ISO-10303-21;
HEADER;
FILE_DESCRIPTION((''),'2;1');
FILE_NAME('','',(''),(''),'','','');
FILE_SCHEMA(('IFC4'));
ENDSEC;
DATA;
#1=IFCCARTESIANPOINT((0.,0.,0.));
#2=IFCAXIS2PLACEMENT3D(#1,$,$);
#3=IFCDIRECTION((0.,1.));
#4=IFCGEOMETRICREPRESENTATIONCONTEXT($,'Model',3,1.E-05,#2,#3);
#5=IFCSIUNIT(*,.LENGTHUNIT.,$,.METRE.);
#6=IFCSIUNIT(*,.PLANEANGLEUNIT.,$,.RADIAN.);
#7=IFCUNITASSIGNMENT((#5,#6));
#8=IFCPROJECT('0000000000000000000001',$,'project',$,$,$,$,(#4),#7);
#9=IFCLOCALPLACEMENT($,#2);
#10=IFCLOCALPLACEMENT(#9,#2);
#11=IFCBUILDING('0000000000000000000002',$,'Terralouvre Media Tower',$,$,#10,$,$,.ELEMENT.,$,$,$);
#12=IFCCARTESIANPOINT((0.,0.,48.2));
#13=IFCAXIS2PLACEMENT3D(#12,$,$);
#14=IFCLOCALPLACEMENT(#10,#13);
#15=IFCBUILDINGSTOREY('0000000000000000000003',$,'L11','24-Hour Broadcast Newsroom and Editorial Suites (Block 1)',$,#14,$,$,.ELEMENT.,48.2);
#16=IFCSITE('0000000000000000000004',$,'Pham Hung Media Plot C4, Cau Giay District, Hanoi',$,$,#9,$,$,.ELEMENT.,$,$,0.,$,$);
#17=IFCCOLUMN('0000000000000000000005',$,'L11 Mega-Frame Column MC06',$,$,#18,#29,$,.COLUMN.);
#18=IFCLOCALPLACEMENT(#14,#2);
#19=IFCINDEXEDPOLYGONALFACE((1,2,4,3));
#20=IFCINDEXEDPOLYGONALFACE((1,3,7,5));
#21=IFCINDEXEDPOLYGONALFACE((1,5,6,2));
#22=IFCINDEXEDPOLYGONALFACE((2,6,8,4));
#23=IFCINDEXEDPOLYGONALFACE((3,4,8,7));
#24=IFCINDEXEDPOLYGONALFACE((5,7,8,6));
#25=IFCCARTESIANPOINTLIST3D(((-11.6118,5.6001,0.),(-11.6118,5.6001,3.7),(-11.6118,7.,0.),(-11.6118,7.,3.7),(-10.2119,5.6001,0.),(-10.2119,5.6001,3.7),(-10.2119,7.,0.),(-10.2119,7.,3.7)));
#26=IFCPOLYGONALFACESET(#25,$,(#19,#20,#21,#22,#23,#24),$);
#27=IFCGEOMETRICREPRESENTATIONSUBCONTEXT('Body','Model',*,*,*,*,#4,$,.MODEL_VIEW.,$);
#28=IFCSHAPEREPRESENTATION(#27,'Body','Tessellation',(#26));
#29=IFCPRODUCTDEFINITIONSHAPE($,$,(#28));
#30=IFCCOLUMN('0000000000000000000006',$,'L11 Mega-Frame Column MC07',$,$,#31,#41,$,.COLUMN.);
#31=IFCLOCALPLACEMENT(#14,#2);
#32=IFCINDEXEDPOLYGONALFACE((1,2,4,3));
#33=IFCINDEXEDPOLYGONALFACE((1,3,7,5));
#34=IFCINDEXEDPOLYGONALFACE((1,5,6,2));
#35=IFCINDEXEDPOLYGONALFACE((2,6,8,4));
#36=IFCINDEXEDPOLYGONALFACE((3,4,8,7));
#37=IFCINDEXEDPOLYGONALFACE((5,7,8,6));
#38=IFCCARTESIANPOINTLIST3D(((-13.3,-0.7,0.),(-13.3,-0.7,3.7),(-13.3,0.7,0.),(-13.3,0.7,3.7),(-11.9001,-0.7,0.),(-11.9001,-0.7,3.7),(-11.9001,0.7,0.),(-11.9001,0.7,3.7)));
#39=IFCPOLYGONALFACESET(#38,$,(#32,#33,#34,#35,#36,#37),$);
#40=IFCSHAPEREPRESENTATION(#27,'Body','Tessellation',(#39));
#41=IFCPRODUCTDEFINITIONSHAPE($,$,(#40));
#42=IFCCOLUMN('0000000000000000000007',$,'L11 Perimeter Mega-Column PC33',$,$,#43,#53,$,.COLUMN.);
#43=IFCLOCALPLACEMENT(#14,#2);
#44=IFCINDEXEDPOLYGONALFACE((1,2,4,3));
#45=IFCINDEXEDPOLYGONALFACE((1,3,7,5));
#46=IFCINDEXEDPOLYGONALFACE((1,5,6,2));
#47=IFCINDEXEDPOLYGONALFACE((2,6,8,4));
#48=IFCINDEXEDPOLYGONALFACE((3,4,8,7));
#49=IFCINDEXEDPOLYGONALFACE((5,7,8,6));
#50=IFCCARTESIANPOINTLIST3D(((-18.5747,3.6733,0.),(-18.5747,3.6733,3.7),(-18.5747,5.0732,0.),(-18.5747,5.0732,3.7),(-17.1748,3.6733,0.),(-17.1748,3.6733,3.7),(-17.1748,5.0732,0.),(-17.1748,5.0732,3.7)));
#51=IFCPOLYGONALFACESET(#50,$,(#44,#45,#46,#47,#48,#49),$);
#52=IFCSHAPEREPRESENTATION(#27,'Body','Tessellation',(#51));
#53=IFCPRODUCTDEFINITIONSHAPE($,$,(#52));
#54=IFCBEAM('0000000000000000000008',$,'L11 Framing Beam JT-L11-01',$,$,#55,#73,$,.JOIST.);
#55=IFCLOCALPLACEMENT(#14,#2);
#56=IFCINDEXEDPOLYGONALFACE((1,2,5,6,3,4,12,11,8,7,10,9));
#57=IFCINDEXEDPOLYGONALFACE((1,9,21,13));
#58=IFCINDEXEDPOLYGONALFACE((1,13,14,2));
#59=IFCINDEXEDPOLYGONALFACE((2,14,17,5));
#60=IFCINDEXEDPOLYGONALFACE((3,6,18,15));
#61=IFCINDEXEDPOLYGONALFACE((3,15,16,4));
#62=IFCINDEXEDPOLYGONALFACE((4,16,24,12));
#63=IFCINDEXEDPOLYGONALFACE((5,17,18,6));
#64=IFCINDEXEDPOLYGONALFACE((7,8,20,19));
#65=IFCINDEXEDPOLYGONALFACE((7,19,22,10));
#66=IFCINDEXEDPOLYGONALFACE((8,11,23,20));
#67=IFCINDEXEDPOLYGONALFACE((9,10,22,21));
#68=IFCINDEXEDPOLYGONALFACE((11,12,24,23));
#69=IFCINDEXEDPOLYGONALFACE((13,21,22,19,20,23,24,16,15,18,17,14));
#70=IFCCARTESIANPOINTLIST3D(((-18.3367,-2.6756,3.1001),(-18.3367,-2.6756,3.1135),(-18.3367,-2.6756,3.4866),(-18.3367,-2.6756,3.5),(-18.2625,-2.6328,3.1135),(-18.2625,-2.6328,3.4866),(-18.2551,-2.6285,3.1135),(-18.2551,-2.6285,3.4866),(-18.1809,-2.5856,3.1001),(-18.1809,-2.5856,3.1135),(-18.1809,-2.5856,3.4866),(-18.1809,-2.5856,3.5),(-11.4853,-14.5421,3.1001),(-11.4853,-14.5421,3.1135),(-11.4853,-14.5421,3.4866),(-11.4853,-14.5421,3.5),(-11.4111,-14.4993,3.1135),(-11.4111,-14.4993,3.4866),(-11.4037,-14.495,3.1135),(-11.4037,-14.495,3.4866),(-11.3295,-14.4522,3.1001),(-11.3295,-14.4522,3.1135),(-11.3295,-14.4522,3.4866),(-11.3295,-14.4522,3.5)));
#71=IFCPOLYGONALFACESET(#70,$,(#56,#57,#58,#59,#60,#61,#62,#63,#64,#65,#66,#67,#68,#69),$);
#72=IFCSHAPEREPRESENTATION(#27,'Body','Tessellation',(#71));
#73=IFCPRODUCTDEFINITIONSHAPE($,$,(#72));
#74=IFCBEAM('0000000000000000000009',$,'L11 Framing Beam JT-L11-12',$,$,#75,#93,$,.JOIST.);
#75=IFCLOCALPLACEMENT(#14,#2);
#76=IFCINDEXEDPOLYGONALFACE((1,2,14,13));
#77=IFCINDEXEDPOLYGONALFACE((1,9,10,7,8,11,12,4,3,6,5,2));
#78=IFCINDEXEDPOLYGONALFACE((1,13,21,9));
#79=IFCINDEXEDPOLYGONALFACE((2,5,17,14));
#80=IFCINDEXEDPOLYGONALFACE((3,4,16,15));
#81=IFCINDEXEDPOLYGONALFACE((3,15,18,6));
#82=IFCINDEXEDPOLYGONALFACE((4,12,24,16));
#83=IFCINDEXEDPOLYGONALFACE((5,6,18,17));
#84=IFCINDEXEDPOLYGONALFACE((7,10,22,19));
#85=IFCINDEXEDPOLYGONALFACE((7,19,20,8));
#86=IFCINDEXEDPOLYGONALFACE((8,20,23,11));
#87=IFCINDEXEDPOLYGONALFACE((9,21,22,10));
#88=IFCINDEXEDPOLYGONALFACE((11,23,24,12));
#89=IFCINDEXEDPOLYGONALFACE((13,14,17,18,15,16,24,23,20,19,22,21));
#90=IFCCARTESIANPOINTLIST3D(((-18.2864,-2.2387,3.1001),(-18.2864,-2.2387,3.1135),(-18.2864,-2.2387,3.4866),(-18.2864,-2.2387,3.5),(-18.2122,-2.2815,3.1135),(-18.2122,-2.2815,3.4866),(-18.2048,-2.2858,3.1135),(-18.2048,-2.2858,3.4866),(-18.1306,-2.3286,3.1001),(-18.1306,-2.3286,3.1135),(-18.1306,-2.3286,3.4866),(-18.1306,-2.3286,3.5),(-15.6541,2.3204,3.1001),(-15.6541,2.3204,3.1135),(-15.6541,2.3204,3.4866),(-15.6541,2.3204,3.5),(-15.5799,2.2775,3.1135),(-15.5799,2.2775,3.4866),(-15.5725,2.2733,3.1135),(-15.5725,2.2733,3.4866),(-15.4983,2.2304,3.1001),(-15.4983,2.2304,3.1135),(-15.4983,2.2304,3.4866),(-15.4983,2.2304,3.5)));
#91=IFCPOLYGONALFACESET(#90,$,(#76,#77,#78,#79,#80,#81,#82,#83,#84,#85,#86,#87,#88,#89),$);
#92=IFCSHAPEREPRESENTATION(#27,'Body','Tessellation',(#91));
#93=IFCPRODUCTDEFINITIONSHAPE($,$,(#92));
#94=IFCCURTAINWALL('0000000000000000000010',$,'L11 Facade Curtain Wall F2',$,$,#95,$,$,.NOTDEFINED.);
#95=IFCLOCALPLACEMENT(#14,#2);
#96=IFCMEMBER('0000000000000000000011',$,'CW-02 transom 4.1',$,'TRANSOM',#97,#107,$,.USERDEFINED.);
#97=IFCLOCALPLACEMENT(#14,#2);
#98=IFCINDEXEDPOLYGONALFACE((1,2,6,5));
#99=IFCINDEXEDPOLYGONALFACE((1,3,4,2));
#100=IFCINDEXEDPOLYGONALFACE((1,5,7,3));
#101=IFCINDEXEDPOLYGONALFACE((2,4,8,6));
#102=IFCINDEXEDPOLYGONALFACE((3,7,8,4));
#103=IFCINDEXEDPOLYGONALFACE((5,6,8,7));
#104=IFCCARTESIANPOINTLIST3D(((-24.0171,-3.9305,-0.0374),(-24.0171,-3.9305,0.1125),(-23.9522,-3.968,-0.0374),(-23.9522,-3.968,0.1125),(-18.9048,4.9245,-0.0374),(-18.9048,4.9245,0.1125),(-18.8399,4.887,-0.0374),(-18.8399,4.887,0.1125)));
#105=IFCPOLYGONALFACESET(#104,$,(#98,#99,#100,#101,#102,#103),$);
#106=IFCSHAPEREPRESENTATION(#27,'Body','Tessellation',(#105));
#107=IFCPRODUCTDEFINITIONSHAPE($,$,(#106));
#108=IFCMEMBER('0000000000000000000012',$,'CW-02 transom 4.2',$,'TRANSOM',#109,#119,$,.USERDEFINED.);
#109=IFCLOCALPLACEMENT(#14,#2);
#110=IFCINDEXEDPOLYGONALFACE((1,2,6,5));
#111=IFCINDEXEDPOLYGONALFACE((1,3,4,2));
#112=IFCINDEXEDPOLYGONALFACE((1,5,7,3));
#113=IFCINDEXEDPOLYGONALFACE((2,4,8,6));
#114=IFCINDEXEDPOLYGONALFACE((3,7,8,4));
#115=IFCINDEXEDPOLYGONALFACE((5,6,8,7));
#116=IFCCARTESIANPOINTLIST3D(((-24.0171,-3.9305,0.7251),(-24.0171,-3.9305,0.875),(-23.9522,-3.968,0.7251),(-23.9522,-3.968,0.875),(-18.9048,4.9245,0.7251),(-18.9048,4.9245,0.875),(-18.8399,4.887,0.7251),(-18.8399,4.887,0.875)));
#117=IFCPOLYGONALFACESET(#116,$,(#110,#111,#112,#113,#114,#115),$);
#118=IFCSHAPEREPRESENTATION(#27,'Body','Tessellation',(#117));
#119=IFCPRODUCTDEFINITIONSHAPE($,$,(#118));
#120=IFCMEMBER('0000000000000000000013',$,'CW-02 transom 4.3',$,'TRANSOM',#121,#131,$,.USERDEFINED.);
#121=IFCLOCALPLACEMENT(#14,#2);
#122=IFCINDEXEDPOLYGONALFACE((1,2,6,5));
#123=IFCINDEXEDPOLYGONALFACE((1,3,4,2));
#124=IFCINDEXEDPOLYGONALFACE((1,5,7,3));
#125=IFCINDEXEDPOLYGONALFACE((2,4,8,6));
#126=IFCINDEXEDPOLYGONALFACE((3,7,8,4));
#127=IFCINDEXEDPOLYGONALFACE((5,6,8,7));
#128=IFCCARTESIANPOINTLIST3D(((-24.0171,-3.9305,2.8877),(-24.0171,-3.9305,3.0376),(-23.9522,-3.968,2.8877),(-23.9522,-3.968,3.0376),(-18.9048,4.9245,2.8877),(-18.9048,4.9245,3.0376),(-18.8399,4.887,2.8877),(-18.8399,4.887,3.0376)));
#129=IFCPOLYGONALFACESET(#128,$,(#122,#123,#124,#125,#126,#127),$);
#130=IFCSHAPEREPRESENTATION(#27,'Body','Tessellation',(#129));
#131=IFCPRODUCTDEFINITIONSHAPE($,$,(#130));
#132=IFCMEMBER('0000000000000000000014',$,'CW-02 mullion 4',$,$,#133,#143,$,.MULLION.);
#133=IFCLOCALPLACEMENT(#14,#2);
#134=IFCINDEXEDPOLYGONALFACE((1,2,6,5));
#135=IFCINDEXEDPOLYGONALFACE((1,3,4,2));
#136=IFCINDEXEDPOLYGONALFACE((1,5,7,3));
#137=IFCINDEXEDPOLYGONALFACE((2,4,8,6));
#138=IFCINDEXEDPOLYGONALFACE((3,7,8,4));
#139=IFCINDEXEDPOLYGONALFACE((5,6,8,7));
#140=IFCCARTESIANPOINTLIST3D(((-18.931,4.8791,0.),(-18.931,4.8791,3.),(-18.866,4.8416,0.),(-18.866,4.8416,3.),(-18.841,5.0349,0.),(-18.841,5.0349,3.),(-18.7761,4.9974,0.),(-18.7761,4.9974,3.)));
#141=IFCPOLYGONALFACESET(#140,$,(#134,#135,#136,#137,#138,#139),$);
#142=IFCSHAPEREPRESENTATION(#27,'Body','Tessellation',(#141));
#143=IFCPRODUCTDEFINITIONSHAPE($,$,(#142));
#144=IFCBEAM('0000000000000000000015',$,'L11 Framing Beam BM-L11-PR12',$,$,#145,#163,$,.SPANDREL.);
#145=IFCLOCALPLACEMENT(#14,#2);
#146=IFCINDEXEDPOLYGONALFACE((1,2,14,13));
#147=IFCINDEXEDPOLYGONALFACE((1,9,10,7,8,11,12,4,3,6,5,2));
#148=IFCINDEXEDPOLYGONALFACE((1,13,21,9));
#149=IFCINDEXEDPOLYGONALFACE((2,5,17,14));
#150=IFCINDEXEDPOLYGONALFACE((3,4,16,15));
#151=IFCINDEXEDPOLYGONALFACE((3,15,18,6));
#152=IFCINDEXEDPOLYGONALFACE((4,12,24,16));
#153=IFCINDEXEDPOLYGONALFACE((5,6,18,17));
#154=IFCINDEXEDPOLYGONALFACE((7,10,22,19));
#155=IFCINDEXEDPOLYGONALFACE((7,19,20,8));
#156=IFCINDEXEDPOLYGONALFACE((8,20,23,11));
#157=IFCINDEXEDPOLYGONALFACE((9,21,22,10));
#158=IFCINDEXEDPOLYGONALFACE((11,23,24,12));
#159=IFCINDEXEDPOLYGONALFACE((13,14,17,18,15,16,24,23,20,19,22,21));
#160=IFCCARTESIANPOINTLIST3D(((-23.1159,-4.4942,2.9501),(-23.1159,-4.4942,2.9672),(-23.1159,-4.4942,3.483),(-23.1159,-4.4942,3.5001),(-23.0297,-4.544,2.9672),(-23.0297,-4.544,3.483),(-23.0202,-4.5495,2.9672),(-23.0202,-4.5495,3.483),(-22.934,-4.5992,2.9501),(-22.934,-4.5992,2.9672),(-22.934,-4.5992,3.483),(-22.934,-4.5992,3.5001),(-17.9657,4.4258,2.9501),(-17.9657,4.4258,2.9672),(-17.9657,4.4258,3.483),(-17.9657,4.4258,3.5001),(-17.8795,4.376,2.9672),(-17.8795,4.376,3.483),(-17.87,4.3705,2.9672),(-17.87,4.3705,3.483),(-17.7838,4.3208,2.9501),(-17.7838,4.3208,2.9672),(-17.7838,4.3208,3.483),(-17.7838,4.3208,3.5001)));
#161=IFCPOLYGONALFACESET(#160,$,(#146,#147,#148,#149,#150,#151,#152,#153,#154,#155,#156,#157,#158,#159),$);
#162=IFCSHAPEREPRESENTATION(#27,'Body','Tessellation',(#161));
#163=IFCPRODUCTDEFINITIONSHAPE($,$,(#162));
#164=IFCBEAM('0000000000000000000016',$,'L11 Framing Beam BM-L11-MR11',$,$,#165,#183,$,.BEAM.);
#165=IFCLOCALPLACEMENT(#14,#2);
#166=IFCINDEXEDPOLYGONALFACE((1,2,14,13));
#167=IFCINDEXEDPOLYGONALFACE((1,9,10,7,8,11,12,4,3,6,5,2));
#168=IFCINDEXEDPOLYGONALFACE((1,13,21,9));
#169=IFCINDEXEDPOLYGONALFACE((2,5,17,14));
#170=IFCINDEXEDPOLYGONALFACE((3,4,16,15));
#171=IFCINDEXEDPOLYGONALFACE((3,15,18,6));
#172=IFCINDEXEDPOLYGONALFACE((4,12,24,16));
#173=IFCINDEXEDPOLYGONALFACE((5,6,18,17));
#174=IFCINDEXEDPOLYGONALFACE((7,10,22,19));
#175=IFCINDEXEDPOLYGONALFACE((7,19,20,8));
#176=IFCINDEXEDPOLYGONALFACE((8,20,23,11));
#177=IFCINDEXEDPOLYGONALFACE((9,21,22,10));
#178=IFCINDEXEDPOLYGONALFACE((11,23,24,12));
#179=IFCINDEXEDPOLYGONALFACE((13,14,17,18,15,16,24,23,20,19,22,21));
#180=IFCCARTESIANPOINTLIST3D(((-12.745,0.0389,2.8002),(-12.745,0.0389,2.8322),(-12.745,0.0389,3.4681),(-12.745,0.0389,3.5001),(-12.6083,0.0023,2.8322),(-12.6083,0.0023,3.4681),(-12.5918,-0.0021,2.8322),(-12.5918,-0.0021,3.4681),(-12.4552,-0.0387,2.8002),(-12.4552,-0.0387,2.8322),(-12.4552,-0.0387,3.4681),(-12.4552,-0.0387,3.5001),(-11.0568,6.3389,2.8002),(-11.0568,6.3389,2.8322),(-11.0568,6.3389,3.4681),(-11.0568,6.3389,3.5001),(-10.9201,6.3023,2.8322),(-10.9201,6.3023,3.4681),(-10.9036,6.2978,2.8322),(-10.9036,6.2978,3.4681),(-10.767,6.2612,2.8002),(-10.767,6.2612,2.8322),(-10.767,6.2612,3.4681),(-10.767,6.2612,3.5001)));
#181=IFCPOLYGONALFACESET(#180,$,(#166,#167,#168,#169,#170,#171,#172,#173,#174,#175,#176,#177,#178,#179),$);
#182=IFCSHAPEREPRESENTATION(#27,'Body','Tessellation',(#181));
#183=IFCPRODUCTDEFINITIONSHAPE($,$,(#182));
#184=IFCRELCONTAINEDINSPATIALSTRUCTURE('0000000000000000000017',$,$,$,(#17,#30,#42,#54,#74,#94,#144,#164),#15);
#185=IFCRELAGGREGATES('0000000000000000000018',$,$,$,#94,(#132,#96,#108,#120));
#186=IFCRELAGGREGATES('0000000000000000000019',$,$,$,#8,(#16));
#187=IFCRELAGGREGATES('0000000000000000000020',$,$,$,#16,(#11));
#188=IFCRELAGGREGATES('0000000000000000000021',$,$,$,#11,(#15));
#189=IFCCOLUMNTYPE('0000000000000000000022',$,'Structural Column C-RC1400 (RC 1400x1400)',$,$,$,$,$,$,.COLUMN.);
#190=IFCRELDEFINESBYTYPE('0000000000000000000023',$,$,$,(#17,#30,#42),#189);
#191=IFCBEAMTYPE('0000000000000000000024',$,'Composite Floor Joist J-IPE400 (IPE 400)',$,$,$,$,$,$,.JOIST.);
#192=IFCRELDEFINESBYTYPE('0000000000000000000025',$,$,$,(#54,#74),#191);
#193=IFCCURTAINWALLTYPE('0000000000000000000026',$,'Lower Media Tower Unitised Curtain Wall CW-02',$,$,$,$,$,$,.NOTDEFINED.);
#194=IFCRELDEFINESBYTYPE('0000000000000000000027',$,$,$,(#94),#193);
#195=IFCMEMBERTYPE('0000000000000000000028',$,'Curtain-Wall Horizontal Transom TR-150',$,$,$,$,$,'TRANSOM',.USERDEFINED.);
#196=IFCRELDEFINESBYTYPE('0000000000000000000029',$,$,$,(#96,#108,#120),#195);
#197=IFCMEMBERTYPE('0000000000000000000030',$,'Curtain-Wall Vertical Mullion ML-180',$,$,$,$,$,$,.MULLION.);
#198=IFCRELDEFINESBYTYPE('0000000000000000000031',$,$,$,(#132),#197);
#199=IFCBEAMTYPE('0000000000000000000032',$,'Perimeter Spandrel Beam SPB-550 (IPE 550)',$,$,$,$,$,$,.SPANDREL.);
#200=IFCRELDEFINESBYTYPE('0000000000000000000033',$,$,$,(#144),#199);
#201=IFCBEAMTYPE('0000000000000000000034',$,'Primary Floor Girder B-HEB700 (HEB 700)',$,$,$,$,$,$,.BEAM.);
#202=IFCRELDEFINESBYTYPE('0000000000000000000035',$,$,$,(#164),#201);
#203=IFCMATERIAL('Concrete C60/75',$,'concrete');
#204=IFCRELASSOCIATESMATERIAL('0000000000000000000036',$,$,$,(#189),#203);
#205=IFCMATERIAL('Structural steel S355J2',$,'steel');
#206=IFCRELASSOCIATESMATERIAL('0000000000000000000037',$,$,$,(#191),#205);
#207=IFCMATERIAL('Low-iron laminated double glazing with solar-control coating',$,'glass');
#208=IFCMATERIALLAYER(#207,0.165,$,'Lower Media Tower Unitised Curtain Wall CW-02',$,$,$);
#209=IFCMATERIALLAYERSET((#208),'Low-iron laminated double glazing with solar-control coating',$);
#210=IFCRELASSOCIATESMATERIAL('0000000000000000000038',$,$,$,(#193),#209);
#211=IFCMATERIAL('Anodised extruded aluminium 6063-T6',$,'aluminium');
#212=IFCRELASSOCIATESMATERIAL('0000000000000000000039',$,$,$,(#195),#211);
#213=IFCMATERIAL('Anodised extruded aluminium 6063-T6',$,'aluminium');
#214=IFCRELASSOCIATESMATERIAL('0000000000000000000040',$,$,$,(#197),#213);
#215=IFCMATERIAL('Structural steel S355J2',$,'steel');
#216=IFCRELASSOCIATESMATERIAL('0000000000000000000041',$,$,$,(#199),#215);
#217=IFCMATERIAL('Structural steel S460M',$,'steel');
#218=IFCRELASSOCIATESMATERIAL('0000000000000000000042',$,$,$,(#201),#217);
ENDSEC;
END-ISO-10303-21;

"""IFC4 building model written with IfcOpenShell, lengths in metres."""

from ifc_helpers import new_model, si_unit, direction, frame, origin, origin_2d, place, context, subcontext, project, spatial, rectangle, i_section, extrude, material, layer, layer_set, material_profile, profile_set, type_object, element, aggregate, save


model = new_model("IFC4")

# Units and contexts
model_context = context("Model", 3, precision=1e-05, world=origin(), true_north=direction((0.0, 1.0)))
body_context = subcontext(model_context, "Body", "Model", "MODEL_VIEW")
ifc_project = project(units=[si_unit("LENGTHUNIT", "METRE"), si_unit("PLANEANGLEUNIT", "RADIAN")], contexts=[model_context])

# Site, building, storey
site_placement = place(None, origin())
site = spatial("IfcSite", under=ifc_project, at=site_placement, Name="Pham Hung Media Plot C4, Cau Giay District, Hanoi", CompositionType="ELEMENT", RefElevation=0.0)
building_placement = place(site_placement, origin())
building = spatial("IfcBuilding", under=site, at=building_placement, Name="Terralouvre Media Tower", CompositionType="ELEMENT")
storey_placement = place(building_placement, frame((0.0, 0.0, 48.2)))
storey = spatial("IfcBuildingStorey", under=building, at=storey_placement, Name="L11", Description="24-Hour Broadcast Newsroom and Editorial Suites (Block 1)", CompositionType="ELEMENT", Elevation=48.2)

# Columns
ifc_material_1 = material(Name="Concrete C60/75", Category="concrete")
ifc_material_profile_1 = material_profile(ifc_material_1, rectangle(XDim=1.3999, YDim=1.3999, at=origin_2d()), Name="RC 1400x1400")
ifc_profile_set_1 = profile_set([ifc_material_profile_1], Name="Concrete C60/75")
column_type = type_object("IfcColumnType", Name="Structural Column C-RC1400 (RC 1400x1400)", PredefinedType="COLUMN", material=ifc_profile_set_1)
for number, where, z_axis, x_axis, name in (
    (1, (-10.9119, 6.3, 0.0), (0.0, 0.0, 1.0), (1.0, 0.0, 0.0), "L11 Mega-Frame Column MC06"),
    (2, (-12.6001, 0.0, 0.0), (0.0, 0.0, 1.0), (1.0, 0.0, 0.0), "L11 Mega-Frame Column MC07"),
    (3, (-17.8748, 4.3733, 0.0), (0.0, 0.0, 1.0), (1.0, 0.0, 0.0), "L11 Perimeter Mega-Column PC33"),
):
    element("IfcColumn", number, at=place(storey_placement, frame(where, z_axis=z_axis, x_axis=x_axis)), inside=storey, type_object=column_type, Name=name, PredefinedType="COLUMN", context=body_context, shape_type="SweptSolid", body=[
        extrude(rectangle(XDim=1.3999, YDim=1.3999, at=origin_2d()), origin(), (0.0, 0.0, 1.0), 3.7),
    ])

# Beams
ifc_material_2 = material(Name="Structural steel S355J2", Category="steel")
ifc_material_profile_2 = material_profile(ifc_material_2, i_section(OverallWidth=0.1799, OverallDepth=0.3999, WebThickness=0.0085, FlangeThickness=0.0134, at=origin_2d()), Name="IPE 400")
ifc_profile_set_2 = profile_set([ifc_material_profile_2], Name="Structural steel S355J2")
beam_type_1 = type_object("IfcBeamType", Name="Composite Floor Joist J-IPE400 (IPE 400)", PredefinedType="JOIST", material=ifc_profile_set_2)
beam_1_placement = place(storey_placement, frame((-18.2588, -2.6306, 3.3), z_axis=(0.500012, -0.866019, 0.0), x_axis=(0.866019, 0.500012, 0.0)))
element("IfcBeam", 4, at=beam_1_placement, inside=storey, type_object=beam_type_1, Name="L11 Framing Beam JT-L11-01", PredefinedType="JOIST", context=body_context, shape_type="SweptSolid", body=[
    extrude(i_section(OverallWidth=0.1799, OverallDepth=0.3999, WebThickness=0.0085, FlangeThickness=0.0134, at=origin_2d()), origin(), (0.0, 0.0, 1.0), 13.7024),
])
beam_2_placement = place(storey_placement, frame((-15.5762, 2.2754, 3.3), z_axis=(-0.50002, -0.866014, 0.0), x_axis=(0.866014, -0.50002, 0.0)))
element("IfcBeam", 5, at=beam_2_placement, inside=storey, type_object=beam_type_1, Name="L11 Framing Beam JT-L11-12", PredefinedType="JOIST", context=body_context, shape_type="SweptSolid", body=[
    extrude(i_section(OverallWidth=0.1799, OverallDepth=0.3999, WebThickness=0.0085, FlangeThickness=0.0134, at=origin_2d()), origin(), (0.0, 0.0, 1.0), 5.2644),
])

# Curtain wall, members
ifc_material_3 = material(Name="Low-iron laminated double glazing with solar-control coating", Category="glass")
ifc_layer_1 = layer(ifc_material_3, 0.165, Name="Lower Media Tower Unitised Curtain Wall CW-02")
ifc_layer_set_1 = layer_set([ifc_layer_1], Name="Low-iron laminated double glazing with solar-control coating")
curtain_wall_type = type_object("IfcCurtainWallType", Name="Lower Media Tower Unitised Curtain Wall CW-02", PredefinedType="NOTDEFINED", material=ifc_layer_set_1)
curtain_wall_placement = place(storey_placement, origin())
curtain_wall = element("IfcCurtainWall", 6, at=curtain_wall_placement, inside=storey, type_object=curtain_wall_type, Name="L11 Facade Curtain Wall F2", PredefinedType="NOTDEFINED")
ifc_material_4 = material(Name="Anodised extruded aluminium 6063-T6", Category="aluminium")
ifc_material_profile_3 = material_profile(ifc_material_4, rectangle(XDim=0.075, YDim=0.1499, at=origin_2d()), Name="ALU 75x150")
ifc_profile_set_3 = profile_set([ifc_material_profile_3], Name="Anodised extruded aluminium 6063-T6")
member_type_1 = type_object("IfcMemberType", Name="Curtain-Wall Horizontal Transom TR-150", ElementType="TRANSOM", PredefinedType="USERDEFINED", material=ifc_profile_set_3)
member_1_placement = place(storey_placement, frame((-18.8723, 4.9058, 0.0376), z_axis=(-0.499991, -0.866031, 0.0), x_axis=(0.866031, -0.499991, 0.0)))
member_1 = element("IfcMember", 7, at=member_1_placement, type_object=member_type_1, Name="CW-02 transom 4.1", ObjectType="TRANSOM", PredefinedType="USERDEFINED", context=body_context, shape_type="SweptSolid", body=[
    extrude(rectangle(XDim=0.075, YDim=0.1499, at=origin_2d()), origin(), (0.0, 0.0, 1.0), 10.2249),
])
member_2_placement = place(storey_placement, frame((-18.8723, 4.9058, 0.8), z_axis=(-0.499991, -0.866031, 0.0), x_axis=(0.866031, -0.499991, 0.0)))
member_2 = element("IfcMember", 8, at=member_2_placement, type_object=member_type_1, Name="CW-02 transom 4.2", ObjectType="TRANSOM", PredefinedType="USERDEFINED", context=body_context, shape_type="SweptSolid", body=[
    extrude(rectangle(XDim=0.075, YDim=0.1499, at=origin_2d()), origin(), (0.0, 0.0, 1.0), 10.2249),
])
member_3_placement = place(storey_placement, frame((-18.8723, 4.9058, 2.9626), z_axis=(-0.499991, -0.866031, 0.0), x_axis=(0.866031, -0.499991, 0.0)))
member_3 = element("IfcMember", 9, at=member_3_placement, type_object=member_type_1, Name="CW-02 transom 4.3", ObjectType="TRANSOM", PredefinedType="USERDEFINED", context=body_context, shape_type="SweptSolid", body=[
    extrude(rectangle(XDim=0.075, YDim=0.1499, at=origin_2d()), origin(), (0.0, 0.0, 1.0), 10.2249),
])
ifc_material_5 = material(Name="Anodised extruded aluminium 6063-T6", Category="aluminium")
ifc_material_profile_4 = material_profile(ifc_material_5, rectangle(XDim=0.075, YDim=0.1799, at=origin_2d()), Name="ALU 75x180")
ifc_profile_set_4 = profile_set([ifc_material_profile_4], Name="Anodised extruded aluminium 6063-T6")
member_type_2 = type_object("IfcMemberType", Name="Curtain-Wall Vertical Mullion ML-180", PredefinedType="MULLION", material=ifc_profile_set_4)
member_4_placement = place(storey_placement, frame((-18.8535, 4.9382, 0.0), z_axis=(0.0, 0.0, 1.0), x_axis=(0.866025, -0.5, 0.0)))
member_4 = element("IfcMember", 10, at=member_4_placement, type_object=member_type_2, Name="CW-02 mullion 4", PredefinedType="MULLION", context=body_context, shape_type="SweptSolid", body=[
    extrude(rectangle(XDim=0.075, YDim=0.1799, at=origin_2d()), origin(), (0.0, 0.0, 1.0), 3.0),
])

# Beams
ifc_material_6 = material(Name="Structural steel S355J2", Category="steel")
ifc_material_profile_5 = material_profile(ifc_material_6, i_section(OverallWidth=0.21, OverallDepth=0.55, WebThickness=0.011, FlangeThickness=0.0171, at=origin_2d()), Name="IPE 550")
ifc_profile_set_5 = profile_set([ifc_material_profile_5], Name="Structural steel S355J2")
beam_type_2 = type_object("IfcBeamType", Name="Perimeter Spandrel Beam SPB-550 (IPE 550)", PredefinedType="SPANDREL", material=ifc_profile_set_5)
beam_3_placement = place(storey_placement, frame((-17.8748, 4.3733, 3.2251), z_axis=(-0.500017, -0.866016, 0.0), x_axis=(0.866016, -0.500017, 0.0)))
element("IfcBeam", 11, at=beam_3_placement, inside=storey, type_object=beam_type_2, Name="L11 Framing Beam BM-L11-PR12", PredefinedType="SPANDREL", context=body_context, shape_type="SweptSolid", body=[
    extrude(i_section(OverallWidth=0.21, OverallDepth=0.55, WebThickness=0.011, FlangeThickness=0.0171, at=origin_2d()), origin(), (0.0, 0.0, 1.0), 10.3),
])
ifc_material_7 = material(Name="Structural steel S460M", Category="steel")
ifc_material_profile_6 = material_profile(ifc_material_7, i_section(OverallWidth=0.3, OverallDepth=0.7, WebThickness=0.0171, FlangeThickness=0.032, at=origin_2d()), Name="HEB 700")
ifc_profile_set_6 = profile_set([ifc_material_profile_6], Name="Structural steel S460M")
beam_type_3 = type_object("IfcBeamType", Name="Primary Floor Girder B-HEB700 (HEB 700)", PredefinedType="BEAM", material=ifc_profile_set_6)
for number, where, z_axis, x_axis, name in (
    (12, (-10.9119, 6.3, 3.1501), (-0.258839, -0.96592, 0.0), (0.96592, -0.258839, 0.0), "L11 Framing Beam BM-L11-MR11"),
):
    element("IfcBeam", number, at=place(storey_placement, frame(where, z_axis=z_axis, x_axis=x_axis)), inside=storey, type_object=beam_type_3, Name=name, PredefinedType="BEAM", context=body_context, shape_type="SweptSolid", body=[
        extrude(i_section(OverallWidth=0.3, OverallDepth=0.7, WebThickness=0.0171, FlangeThickness=0.032, at=origin_2d()), origin(), (0.0, 0.0, 1.0), 6.5222),
    ])

aggregate(curtain_wall, [member_4, member_1, member_2, member_3])

save(model, "model.ifc")
